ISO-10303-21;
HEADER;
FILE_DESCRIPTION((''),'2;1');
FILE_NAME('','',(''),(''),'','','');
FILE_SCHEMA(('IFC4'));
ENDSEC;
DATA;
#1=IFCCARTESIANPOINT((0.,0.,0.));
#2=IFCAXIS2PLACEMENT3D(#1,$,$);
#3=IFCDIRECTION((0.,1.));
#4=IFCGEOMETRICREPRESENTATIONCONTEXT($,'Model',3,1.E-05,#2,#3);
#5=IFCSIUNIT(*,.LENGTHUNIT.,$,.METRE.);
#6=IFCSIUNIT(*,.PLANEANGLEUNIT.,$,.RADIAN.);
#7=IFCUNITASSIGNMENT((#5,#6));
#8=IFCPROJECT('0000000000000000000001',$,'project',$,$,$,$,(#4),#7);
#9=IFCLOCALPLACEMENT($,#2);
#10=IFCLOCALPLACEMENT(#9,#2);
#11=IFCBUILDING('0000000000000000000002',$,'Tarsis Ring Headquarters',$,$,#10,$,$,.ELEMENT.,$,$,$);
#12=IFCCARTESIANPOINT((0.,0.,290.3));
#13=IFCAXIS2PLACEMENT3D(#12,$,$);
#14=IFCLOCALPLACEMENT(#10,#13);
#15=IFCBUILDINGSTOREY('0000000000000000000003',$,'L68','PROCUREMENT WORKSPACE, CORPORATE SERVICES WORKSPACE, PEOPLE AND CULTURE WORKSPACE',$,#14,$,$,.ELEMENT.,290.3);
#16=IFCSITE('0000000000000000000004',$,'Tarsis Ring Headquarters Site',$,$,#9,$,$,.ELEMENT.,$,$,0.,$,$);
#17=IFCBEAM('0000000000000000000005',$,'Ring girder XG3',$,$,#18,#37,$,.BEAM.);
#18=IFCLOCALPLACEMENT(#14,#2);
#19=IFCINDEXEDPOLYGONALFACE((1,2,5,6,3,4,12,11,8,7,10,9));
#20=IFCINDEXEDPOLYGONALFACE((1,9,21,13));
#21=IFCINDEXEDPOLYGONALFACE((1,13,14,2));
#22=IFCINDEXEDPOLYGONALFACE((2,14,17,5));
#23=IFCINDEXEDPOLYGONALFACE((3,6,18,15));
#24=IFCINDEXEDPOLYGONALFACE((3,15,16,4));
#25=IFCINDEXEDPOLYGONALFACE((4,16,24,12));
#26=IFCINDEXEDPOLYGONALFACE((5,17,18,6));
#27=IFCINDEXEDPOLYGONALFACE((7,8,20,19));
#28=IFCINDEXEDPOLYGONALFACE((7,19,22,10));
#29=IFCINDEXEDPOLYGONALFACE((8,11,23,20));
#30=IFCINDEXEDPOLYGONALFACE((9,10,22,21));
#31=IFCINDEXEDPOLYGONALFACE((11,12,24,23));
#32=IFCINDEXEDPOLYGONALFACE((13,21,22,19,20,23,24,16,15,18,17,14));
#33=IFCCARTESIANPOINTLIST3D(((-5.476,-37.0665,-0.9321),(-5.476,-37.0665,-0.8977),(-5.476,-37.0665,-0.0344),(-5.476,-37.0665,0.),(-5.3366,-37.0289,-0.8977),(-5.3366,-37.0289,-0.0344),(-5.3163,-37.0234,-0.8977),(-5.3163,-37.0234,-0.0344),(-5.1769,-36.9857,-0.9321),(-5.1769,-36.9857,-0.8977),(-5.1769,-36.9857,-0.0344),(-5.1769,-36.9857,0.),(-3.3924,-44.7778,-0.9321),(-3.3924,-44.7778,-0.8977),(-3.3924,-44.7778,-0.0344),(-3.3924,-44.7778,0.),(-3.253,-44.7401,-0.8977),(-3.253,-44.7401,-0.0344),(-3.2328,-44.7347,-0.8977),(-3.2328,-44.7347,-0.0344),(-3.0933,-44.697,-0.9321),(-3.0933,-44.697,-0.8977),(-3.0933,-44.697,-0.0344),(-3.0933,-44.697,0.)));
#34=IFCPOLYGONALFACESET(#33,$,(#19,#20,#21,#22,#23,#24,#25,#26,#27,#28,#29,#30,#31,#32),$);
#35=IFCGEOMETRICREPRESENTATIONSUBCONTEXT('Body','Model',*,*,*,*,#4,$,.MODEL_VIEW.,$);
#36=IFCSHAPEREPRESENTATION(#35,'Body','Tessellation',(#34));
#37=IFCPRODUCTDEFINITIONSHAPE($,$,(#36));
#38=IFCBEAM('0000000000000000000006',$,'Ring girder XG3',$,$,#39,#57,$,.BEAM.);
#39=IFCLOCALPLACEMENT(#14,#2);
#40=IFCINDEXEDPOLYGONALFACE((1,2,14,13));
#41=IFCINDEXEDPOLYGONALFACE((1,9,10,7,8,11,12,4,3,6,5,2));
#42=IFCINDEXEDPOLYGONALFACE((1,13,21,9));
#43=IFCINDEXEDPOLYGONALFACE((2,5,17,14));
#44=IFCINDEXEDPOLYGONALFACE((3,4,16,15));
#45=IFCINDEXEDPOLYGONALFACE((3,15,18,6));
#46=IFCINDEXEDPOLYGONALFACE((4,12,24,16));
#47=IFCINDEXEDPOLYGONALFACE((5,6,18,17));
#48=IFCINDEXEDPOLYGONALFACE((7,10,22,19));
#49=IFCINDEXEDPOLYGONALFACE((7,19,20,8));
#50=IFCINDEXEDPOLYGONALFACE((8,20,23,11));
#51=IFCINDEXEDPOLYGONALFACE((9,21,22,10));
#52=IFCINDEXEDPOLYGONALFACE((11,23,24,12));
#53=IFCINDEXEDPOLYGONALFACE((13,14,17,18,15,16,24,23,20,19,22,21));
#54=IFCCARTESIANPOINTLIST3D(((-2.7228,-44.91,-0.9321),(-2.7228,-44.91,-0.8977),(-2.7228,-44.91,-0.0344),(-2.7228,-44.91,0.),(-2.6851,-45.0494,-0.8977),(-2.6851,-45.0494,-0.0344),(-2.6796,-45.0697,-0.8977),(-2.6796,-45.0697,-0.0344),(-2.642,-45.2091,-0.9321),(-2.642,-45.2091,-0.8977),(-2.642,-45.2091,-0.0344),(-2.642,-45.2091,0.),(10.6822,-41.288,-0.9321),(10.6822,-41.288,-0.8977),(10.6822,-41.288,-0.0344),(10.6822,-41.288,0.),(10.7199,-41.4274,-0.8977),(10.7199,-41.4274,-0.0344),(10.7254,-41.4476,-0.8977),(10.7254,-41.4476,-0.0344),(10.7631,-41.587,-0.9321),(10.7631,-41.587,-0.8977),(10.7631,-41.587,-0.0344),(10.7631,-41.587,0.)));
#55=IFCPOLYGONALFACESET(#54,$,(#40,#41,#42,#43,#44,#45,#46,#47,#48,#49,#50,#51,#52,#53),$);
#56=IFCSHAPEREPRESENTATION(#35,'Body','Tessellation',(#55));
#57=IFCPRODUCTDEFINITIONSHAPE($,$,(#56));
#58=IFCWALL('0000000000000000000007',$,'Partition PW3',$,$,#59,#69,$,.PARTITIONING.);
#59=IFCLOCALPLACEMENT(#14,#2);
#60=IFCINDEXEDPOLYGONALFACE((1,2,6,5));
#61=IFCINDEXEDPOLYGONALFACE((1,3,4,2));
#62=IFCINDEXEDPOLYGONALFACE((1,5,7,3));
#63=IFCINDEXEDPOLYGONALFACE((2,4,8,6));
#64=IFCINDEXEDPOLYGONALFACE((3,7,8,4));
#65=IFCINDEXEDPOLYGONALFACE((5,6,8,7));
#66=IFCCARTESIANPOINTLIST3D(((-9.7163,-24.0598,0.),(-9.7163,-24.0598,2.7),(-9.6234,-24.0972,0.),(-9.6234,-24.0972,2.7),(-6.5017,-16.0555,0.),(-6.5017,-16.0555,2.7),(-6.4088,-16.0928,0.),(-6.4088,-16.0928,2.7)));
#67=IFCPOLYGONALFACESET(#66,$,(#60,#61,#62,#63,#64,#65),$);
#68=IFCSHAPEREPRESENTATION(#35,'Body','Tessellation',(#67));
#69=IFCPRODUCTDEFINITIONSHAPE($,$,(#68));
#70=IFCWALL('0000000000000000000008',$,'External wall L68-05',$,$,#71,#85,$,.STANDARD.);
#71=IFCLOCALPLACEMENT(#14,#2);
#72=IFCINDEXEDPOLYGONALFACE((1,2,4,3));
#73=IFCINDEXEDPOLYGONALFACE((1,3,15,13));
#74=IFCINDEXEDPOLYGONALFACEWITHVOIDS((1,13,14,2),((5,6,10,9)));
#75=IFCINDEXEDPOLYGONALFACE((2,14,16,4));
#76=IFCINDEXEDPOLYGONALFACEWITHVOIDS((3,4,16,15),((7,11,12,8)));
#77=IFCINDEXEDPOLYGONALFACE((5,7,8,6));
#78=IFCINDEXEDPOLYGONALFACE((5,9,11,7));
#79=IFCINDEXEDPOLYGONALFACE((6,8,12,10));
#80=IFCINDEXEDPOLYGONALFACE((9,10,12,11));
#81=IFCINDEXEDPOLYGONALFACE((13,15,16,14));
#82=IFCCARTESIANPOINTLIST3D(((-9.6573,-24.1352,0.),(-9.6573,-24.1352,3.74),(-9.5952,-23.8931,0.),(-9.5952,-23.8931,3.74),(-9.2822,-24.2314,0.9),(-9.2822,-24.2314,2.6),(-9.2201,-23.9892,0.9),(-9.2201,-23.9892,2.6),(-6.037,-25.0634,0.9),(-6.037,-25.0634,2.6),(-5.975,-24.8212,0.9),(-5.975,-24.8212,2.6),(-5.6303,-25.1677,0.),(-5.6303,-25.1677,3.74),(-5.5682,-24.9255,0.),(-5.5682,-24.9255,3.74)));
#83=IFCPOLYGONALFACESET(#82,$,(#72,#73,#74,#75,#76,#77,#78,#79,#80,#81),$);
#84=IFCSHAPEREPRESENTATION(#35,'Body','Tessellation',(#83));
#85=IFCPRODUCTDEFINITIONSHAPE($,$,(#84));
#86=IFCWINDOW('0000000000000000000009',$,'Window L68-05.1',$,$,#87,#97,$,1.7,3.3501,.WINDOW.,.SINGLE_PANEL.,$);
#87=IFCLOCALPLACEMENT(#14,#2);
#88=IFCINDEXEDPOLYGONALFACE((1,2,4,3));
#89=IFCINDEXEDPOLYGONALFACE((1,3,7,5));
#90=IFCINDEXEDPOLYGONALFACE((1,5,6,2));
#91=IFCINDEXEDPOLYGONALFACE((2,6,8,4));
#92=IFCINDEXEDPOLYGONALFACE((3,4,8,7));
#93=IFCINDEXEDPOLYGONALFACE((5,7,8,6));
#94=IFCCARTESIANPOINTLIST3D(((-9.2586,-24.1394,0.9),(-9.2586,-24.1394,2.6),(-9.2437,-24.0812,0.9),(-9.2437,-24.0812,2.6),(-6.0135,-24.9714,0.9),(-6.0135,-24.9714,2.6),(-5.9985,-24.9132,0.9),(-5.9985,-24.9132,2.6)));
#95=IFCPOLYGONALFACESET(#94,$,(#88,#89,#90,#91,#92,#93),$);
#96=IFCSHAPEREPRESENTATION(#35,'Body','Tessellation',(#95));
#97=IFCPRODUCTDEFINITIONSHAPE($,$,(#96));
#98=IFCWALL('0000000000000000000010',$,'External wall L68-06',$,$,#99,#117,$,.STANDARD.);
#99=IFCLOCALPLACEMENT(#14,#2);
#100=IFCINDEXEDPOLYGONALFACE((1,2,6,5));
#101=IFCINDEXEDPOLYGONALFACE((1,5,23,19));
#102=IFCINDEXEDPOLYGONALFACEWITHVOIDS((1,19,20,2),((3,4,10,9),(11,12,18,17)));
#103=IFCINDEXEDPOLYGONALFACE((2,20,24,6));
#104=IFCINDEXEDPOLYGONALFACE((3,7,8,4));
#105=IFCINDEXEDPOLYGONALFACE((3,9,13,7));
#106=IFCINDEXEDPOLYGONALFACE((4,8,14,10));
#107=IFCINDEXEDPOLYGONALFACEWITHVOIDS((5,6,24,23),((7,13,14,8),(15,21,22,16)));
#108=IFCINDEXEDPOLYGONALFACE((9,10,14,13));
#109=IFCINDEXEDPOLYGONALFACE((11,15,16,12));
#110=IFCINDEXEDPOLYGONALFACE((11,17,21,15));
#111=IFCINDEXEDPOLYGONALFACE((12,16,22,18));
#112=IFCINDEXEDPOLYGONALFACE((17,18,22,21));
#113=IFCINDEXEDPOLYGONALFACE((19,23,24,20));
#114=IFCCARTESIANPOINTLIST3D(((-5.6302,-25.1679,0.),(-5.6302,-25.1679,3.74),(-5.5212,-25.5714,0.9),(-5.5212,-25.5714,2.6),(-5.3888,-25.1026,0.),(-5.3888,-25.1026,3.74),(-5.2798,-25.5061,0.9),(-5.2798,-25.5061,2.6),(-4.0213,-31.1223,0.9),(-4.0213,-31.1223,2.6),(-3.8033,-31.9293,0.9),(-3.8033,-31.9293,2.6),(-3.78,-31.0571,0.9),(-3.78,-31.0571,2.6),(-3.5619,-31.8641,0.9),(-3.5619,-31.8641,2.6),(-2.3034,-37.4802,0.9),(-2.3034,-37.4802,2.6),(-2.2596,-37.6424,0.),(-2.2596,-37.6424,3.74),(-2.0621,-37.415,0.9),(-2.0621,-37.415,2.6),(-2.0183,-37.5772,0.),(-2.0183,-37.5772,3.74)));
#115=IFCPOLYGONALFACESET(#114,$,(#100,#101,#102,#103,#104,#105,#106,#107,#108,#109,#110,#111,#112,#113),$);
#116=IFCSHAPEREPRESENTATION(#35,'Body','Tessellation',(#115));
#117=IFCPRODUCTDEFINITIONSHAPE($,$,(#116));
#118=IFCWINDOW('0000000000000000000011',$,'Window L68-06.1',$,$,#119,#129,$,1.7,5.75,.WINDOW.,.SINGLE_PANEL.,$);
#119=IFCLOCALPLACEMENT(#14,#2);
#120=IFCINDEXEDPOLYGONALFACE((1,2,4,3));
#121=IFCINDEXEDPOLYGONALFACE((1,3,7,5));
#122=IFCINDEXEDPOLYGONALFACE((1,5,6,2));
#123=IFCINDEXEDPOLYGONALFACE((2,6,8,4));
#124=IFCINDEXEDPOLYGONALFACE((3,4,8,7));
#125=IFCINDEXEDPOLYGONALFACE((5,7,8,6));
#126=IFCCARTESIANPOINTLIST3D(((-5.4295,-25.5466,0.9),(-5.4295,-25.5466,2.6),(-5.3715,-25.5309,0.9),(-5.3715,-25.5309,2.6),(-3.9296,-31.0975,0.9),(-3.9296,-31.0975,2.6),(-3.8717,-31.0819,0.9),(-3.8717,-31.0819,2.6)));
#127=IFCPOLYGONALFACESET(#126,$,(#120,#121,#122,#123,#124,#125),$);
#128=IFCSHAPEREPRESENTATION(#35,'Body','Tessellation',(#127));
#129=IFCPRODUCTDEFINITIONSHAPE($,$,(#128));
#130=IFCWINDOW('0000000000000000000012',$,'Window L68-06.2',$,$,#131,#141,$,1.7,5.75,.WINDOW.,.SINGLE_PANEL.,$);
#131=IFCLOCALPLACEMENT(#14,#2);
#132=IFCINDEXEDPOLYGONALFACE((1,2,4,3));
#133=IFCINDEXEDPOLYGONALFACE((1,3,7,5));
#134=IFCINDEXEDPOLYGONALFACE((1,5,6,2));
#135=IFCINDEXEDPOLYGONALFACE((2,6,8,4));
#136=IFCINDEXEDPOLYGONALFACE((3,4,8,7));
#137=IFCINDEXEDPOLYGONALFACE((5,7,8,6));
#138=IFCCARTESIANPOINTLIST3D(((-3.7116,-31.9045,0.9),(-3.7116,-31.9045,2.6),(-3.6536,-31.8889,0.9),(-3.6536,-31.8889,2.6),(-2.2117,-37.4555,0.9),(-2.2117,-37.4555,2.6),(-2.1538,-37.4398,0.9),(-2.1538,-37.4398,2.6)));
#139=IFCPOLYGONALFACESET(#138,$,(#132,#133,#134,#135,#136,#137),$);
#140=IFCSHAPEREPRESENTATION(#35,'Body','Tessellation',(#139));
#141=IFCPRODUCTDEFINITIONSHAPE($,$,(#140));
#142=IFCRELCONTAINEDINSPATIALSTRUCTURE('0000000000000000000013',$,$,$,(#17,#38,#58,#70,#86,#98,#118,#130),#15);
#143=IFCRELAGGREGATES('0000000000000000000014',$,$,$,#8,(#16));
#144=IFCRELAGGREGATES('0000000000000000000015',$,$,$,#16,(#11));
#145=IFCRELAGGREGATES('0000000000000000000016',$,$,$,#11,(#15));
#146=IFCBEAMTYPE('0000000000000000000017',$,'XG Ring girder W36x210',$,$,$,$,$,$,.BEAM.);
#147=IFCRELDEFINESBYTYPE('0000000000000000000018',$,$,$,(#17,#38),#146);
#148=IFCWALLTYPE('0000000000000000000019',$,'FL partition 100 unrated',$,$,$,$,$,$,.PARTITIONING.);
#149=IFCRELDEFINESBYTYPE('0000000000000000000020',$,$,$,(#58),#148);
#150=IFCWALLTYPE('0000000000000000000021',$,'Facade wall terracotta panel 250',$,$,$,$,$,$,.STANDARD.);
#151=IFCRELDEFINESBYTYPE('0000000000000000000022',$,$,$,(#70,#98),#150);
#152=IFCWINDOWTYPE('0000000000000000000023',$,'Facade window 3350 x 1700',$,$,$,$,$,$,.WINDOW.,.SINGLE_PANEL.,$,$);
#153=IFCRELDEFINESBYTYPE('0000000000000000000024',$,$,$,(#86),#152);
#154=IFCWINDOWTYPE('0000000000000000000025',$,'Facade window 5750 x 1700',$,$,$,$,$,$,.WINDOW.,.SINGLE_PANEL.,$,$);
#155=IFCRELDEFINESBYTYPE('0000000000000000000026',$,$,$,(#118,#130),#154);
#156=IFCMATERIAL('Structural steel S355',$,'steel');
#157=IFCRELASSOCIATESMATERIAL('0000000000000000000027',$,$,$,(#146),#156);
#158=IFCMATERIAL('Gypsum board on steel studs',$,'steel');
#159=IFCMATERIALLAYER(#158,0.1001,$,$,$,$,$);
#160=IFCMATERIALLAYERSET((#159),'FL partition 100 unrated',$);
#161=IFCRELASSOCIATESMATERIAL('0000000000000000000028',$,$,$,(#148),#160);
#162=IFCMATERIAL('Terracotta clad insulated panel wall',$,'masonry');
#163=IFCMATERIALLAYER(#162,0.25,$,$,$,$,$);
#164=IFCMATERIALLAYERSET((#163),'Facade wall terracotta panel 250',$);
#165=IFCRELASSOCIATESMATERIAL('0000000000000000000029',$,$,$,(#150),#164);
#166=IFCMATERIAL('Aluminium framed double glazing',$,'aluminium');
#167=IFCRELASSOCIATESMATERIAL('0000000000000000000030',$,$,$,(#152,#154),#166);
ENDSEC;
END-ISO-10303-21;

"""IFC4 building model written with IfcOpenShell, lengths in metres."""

from ifc_helpers import new_model, si_unit, direction, frame, frame_2d, origin, origin_2d, place, context, subcontext, project, spatial, rectangle, i_section, extrude, material, layer, layer_set, material_profile, profile_set, type_object, element, fill, save


model = new_model("IFC4")

# Units and contexts
model_context = context("Model", 3, precision=1e-05, world=origin(), true_north=direction((0.0, 1.0)))
body_context = subcontext(model_context, "Body", "Model", "MODEL_VIEW")
ifc_project = project(units=[si_unit("LENGTHUNIT", "METRE"), si_unit("PLANEANGLEUNIT", "RADIAN")], contexts=[model_context])

# Site, building, storey
site_placement = place(None, origin())
site = spatial("IfcSite", under=ifc_project, at=site_placement, Name="Tarsis Ring Headquarters Site", CompositionType="ELEMENT", RefElevation=0.0)
building_placement = place(site_placement, origin())
building = spatial("IfcBuilding", under=site, at=building_placement, Name="Tarsis Ring Headquarters", CompositionType="ELEMENT")
storey_placement = place(building_placement, frame((0.0, 0.0, 290.3)))
storey = spatial("IfcBuildingStorey", under=building, at=storey_placement, Name="L68", Description="PROCUREMENT WORKSPACE, CORPORATE SERVICES WORKSPACE, PEOPLE AND CULTURE WORKSPACE", CompositionType="ELEMENT", Elevation=290.3)

# Shared definitions
ifc_material_1 = material(Name="Structural steel S355", Category="steel")

# Beams
ifc_material_profile_1 = material_profile(ifc_material_1, i_section(OverallWidth=0.3098, OverallDepth=0.9321, WebThickness=0.021, FlangeThickness=0.0344, at=origin_2d()), Name="W36x210")
ifc_profile_set_1 = profile_set([ifc_material_profile_1], Name="Structural steel S355")
beam_type_1 = type_object("IfcBeamType", Name="XG Ring girder W36x210", PredefinedType="BEAM", material=ifc_profile_set_1)
for number, where, z_axis, x_axis, name in (
    (1, (-5.3264, -37.0261, -0.4661), (0.260838, -0.965383, 0.0), (0.965383, 0.260838, 0.0), "Ring girder XG3"),
):
    element("IfcBeam", number, at=place(storey_placement, frame(where, z_axis=z_axis, x_axis=x_axis)), inside=storey, type_object=beam_type_1, Name=name, PredefinedType="BEAM", context=body_context, shape_type="SweptSolid", body=[
        extrude(i_section(OverallWidth=0.3098, OverallDepth=0.9321, WebThickness=0.021, FlangeThickness=0.0344, at=origin_2d()), origin(), (0.0, 0.0, 1.0), 7.9878),
    ])
beam_1_placement = place(storey_placement, frame((-2.6824, -45.0596, -0.4661), z_axis=(0.96538, 0.260848, 0.0), x_axis=(-0.260848, 0.96538, 0.0)))
element("IfcBeam", 2, at=beam_1_placement, inside=storey, type_object=beam_type_1, Name="Ring girder XG3", PredefinedType="BEAM", context=body_context, shape_type="SweptSolid", body=[
    extrude(i_section(OverallWidth=0.3098, OverallDepth=0.9321, WebThickness=0.021, FlangeThickness=0.0344, at=origin_2d()), origin(), (0.0, 0.0, 1.0), 13.8857),
])

# Wall
ifc_material_2 = material(Name="Gypsum board on steel studs", Category="steel")
ifc_layer_1 = layer(ifc_material_2, 0.1001)
ifc_layer_set_1 = layer_set([ifc_layer_1], Name="FL partition 100 unrated")
wall_type_1 = type_object("IfcWallType", Name="FL partition 100 unrated", PredefinedType="PARTITIONING", material=ifc_layer_set_1)
wall_1_placement = place(storey_placement, frame((-9.6699, -24.0786, 0.0), z_axis=(0.0, 0.0, 1.0), x_axis=(0.372674, 0.927962, 0.0)))
element("IfcWall", 3, at=wall_1_placement, inside=storey, type_object=wall_type_1, Name="Partition PW3", PredefinedType="PARTITIONING", context=body_context, shape_type="SweptSolid", body=[
    extrude(rectangle(XDim=8.6257, YDim=0.1001, at=frame_2d((4.313, 0.0))), origin(), (0.0, 0.0, 1.0), 2.7),
])

# Wall, opening, window
ifc_material_3 = material(Name="Terracotta clad insulated panel wall", Category="masonry")
ifc_layer_2 = layer(ifc_material_3, 0.25)
ifc_layer_set_2 = layer_set([ifc_layer_2], Name="Facade wall terracotta panel 250")
wall_type_2 = type_object("IfcWallType", Name="Facade wall terracotta panel 250", PredefinedType="STANDARD", material=ifc_layer_set_2)
wall_2_placement = place(storey_placement, frame((-9.6262, -24.0142, 0.0), z_axis=(0.0, 0.0, 1.0), x_axis=(0.968671, -0.248349, 0.0)))
wall_2 = element("IfcWall", 4, at=wall_2_placement, inside=storey, type_object=wall_type_2, Name="External wall L68-05", PredefinedType="STANDARD", context=body_context, shape_type="SweptSolid", body=[
    extrude(rectangle(XDim=4.1572, YDim=0.25, at=frame_2d((2.0786, 0.0))), origin(), (0.0, 0.0, 1.0), 3.74),
])
opening_1_placement = place(wall_2_placement, frame((0.3872, 0.0, 0.8999)))
opening_1 = element("IfcOpeningElement", 5, at=opening_1_placement, cuts=wall_2, PredefinedType="OPENING", context=body_context, shape_type="SweptSolid", body=[
    extrude(rectangle(XDim=3.3501, YDim=1.7, at=frame_2d((1.675, 0.8501))), frame((0.0, 0.135, 0.0), z_axis=(0.0, -1.0, 0.0), x_axis=(1.0, 0.0, 0.0)), (0.0, 0.0, 1.0), 0.27),
])
ifc_material_4 = material(Name="Aluminium framed double glazing", Category="aluminium")
window_type_1 = type_object("IfcWindowType", Name="Facade window 3350 x 1700", PartitioningType="SINGLE_PANEL", PredefinedType="WINDOW", material=ifc_material_4)
window_1_placement = place(opening_1_placement, origin())
window_1 = element("IfcWindow", 6, at=window_1_placement, inside=storey, type_object=window_type_1, Name="Window L68-05.1", OverallHeight=1.7, OverallWidth=3.3501, PartitioningType="SINGLE_PANEL", PredefinedType="WINDOW", context=body_context, shape_type="SweptSolid", body=[
    extrude(rectangle(XDim=3.3501, YDim=1.7, at=frame_2d((1.675, 0.8501))), frame((0.0, 0.03, 0.0), z_axis=(0.0, -1.0, 0.0), x_axis=(1.0, 0.0, 0.0)), (0.0, 0.0, 1.0), 0.0601),
])
fill(opening_1, window_1)

# Wall, openings, windows
wall_3_placement = place(storey_placement, frame((-5.5095, -25.1353, 0.0), z_axis=(0.0, 0.0, 1.0), x_axis=(0.260843, -0.965381, 0.0)))
wall_3 = element("IfcWall", 7, at=wall_3_placement, inside=storey, type_object=wall_type_2, Name="External wall L68-06", PredefinedType="STANDARD", context=body_context, shape_type="SweptSolid", body=[
    extrude(rectangle(XDim=12.9219, YDim=0.25, at=frame_2d((6.4609, 0.0))), origin(), (0.0, 0.0, 1.0), 3.74),
])
opening_2_placement = place(wall_3_placement, frame((0.418, 0.0, 0.8999)))
opening_2 = element("IfcOpeningElement", 8, at=opening_2_placement, cuts=wall_3, PredefinedType="OPENING", context=body_context, shape_type="SweptSolid", body=[
    extrude(rectangle(XDim=5.75, YDim=1.7, at=frame_2d((2.875, 0.8501))), frame((0.0, 0.135, 0.0), z_axis=(0.0, -1.0, 0.0), x_axis=(1.0, 0.0, 0.0)), (0.0, 0.0, 1.0), 0.27),
])
opening_3_placement = place(wall_3_placement, frame((7.0039, 0.0, 0.8999)))
opening_3 = element("IfcOpeningElement", 9, at=opening_3_placement, cuts=wall_3, PredefinedType="OPENING", context=body_context, shape_type="SweptSolid", body=[
    extrude(rectangle(XDim=5.75, YDim=1.7, at=frame_2d((2.875, 0.8501))), frame((0.0, 0.135, 0.0), z_axis=(0.0, -1.0, 0.0), x_axis=(1.0, 0.0, 0.0)), (0.0, 0.0, 1.0), 0.27),
])
window_type_2 = type_object("IfcWindowType", Name="Facade window 5750 x 1700", PartitioningType="SINGLE_PANEL", PredefinedType="WINDOW", material=ifc_material_4)
window_2_placement = place(opening_2_placement, origin())
window_2 = element("IfcWindow", 10, at=window_2_placement, inside=storey, type_object=window_type_2, Name="Window L68-06.1", OverallHeight=1.7, OverallWidth=5.75, PartitioningType="SINGLE_PANEL", PredefinedType="WINDOW", context=body_context, shape_type="SweptSolid", body=[
    extrude(rectangle(XDim=5.75, YDim=1.7, at=frame_2d((2.875, 0.8501))), frame((0.0, 0.03, 0.0), z_axis=(0.0, -1.0, 0.0), x_axis=(1.0, 0.0, 0.0)), (0.0, 0.0, 1.0), 0.0601),
])
fill(opening_2, window_2)
window_3_placement = place(opening_3_placement, origin())
window_3 = element("IfcWindow", 11, at=window_3_placement, inside=storey, type_object=window_type_2, Name="Window L68-06.2", OverallHeight=1.7, OverallWidth=5.75, PartitioningType="SINGLE_PANEL", PredefinedType="WINDOW", context=body_context, shape_type="SweptSolid", body=[
    extrude(rectangle(XDim=5.75, YDim=1.7, at=frame_2d((2.875, 0.8501))), frame((0.0, 0.03, 0.0), z_axis=(0.0, -1.0, 0.0), x_axis=(1.0, 0.0, 0.0)), (0.0, 0.0, 1.0), 0.0601),
])
fill(opening_3, window_3)

save(model, "model.ifc")
